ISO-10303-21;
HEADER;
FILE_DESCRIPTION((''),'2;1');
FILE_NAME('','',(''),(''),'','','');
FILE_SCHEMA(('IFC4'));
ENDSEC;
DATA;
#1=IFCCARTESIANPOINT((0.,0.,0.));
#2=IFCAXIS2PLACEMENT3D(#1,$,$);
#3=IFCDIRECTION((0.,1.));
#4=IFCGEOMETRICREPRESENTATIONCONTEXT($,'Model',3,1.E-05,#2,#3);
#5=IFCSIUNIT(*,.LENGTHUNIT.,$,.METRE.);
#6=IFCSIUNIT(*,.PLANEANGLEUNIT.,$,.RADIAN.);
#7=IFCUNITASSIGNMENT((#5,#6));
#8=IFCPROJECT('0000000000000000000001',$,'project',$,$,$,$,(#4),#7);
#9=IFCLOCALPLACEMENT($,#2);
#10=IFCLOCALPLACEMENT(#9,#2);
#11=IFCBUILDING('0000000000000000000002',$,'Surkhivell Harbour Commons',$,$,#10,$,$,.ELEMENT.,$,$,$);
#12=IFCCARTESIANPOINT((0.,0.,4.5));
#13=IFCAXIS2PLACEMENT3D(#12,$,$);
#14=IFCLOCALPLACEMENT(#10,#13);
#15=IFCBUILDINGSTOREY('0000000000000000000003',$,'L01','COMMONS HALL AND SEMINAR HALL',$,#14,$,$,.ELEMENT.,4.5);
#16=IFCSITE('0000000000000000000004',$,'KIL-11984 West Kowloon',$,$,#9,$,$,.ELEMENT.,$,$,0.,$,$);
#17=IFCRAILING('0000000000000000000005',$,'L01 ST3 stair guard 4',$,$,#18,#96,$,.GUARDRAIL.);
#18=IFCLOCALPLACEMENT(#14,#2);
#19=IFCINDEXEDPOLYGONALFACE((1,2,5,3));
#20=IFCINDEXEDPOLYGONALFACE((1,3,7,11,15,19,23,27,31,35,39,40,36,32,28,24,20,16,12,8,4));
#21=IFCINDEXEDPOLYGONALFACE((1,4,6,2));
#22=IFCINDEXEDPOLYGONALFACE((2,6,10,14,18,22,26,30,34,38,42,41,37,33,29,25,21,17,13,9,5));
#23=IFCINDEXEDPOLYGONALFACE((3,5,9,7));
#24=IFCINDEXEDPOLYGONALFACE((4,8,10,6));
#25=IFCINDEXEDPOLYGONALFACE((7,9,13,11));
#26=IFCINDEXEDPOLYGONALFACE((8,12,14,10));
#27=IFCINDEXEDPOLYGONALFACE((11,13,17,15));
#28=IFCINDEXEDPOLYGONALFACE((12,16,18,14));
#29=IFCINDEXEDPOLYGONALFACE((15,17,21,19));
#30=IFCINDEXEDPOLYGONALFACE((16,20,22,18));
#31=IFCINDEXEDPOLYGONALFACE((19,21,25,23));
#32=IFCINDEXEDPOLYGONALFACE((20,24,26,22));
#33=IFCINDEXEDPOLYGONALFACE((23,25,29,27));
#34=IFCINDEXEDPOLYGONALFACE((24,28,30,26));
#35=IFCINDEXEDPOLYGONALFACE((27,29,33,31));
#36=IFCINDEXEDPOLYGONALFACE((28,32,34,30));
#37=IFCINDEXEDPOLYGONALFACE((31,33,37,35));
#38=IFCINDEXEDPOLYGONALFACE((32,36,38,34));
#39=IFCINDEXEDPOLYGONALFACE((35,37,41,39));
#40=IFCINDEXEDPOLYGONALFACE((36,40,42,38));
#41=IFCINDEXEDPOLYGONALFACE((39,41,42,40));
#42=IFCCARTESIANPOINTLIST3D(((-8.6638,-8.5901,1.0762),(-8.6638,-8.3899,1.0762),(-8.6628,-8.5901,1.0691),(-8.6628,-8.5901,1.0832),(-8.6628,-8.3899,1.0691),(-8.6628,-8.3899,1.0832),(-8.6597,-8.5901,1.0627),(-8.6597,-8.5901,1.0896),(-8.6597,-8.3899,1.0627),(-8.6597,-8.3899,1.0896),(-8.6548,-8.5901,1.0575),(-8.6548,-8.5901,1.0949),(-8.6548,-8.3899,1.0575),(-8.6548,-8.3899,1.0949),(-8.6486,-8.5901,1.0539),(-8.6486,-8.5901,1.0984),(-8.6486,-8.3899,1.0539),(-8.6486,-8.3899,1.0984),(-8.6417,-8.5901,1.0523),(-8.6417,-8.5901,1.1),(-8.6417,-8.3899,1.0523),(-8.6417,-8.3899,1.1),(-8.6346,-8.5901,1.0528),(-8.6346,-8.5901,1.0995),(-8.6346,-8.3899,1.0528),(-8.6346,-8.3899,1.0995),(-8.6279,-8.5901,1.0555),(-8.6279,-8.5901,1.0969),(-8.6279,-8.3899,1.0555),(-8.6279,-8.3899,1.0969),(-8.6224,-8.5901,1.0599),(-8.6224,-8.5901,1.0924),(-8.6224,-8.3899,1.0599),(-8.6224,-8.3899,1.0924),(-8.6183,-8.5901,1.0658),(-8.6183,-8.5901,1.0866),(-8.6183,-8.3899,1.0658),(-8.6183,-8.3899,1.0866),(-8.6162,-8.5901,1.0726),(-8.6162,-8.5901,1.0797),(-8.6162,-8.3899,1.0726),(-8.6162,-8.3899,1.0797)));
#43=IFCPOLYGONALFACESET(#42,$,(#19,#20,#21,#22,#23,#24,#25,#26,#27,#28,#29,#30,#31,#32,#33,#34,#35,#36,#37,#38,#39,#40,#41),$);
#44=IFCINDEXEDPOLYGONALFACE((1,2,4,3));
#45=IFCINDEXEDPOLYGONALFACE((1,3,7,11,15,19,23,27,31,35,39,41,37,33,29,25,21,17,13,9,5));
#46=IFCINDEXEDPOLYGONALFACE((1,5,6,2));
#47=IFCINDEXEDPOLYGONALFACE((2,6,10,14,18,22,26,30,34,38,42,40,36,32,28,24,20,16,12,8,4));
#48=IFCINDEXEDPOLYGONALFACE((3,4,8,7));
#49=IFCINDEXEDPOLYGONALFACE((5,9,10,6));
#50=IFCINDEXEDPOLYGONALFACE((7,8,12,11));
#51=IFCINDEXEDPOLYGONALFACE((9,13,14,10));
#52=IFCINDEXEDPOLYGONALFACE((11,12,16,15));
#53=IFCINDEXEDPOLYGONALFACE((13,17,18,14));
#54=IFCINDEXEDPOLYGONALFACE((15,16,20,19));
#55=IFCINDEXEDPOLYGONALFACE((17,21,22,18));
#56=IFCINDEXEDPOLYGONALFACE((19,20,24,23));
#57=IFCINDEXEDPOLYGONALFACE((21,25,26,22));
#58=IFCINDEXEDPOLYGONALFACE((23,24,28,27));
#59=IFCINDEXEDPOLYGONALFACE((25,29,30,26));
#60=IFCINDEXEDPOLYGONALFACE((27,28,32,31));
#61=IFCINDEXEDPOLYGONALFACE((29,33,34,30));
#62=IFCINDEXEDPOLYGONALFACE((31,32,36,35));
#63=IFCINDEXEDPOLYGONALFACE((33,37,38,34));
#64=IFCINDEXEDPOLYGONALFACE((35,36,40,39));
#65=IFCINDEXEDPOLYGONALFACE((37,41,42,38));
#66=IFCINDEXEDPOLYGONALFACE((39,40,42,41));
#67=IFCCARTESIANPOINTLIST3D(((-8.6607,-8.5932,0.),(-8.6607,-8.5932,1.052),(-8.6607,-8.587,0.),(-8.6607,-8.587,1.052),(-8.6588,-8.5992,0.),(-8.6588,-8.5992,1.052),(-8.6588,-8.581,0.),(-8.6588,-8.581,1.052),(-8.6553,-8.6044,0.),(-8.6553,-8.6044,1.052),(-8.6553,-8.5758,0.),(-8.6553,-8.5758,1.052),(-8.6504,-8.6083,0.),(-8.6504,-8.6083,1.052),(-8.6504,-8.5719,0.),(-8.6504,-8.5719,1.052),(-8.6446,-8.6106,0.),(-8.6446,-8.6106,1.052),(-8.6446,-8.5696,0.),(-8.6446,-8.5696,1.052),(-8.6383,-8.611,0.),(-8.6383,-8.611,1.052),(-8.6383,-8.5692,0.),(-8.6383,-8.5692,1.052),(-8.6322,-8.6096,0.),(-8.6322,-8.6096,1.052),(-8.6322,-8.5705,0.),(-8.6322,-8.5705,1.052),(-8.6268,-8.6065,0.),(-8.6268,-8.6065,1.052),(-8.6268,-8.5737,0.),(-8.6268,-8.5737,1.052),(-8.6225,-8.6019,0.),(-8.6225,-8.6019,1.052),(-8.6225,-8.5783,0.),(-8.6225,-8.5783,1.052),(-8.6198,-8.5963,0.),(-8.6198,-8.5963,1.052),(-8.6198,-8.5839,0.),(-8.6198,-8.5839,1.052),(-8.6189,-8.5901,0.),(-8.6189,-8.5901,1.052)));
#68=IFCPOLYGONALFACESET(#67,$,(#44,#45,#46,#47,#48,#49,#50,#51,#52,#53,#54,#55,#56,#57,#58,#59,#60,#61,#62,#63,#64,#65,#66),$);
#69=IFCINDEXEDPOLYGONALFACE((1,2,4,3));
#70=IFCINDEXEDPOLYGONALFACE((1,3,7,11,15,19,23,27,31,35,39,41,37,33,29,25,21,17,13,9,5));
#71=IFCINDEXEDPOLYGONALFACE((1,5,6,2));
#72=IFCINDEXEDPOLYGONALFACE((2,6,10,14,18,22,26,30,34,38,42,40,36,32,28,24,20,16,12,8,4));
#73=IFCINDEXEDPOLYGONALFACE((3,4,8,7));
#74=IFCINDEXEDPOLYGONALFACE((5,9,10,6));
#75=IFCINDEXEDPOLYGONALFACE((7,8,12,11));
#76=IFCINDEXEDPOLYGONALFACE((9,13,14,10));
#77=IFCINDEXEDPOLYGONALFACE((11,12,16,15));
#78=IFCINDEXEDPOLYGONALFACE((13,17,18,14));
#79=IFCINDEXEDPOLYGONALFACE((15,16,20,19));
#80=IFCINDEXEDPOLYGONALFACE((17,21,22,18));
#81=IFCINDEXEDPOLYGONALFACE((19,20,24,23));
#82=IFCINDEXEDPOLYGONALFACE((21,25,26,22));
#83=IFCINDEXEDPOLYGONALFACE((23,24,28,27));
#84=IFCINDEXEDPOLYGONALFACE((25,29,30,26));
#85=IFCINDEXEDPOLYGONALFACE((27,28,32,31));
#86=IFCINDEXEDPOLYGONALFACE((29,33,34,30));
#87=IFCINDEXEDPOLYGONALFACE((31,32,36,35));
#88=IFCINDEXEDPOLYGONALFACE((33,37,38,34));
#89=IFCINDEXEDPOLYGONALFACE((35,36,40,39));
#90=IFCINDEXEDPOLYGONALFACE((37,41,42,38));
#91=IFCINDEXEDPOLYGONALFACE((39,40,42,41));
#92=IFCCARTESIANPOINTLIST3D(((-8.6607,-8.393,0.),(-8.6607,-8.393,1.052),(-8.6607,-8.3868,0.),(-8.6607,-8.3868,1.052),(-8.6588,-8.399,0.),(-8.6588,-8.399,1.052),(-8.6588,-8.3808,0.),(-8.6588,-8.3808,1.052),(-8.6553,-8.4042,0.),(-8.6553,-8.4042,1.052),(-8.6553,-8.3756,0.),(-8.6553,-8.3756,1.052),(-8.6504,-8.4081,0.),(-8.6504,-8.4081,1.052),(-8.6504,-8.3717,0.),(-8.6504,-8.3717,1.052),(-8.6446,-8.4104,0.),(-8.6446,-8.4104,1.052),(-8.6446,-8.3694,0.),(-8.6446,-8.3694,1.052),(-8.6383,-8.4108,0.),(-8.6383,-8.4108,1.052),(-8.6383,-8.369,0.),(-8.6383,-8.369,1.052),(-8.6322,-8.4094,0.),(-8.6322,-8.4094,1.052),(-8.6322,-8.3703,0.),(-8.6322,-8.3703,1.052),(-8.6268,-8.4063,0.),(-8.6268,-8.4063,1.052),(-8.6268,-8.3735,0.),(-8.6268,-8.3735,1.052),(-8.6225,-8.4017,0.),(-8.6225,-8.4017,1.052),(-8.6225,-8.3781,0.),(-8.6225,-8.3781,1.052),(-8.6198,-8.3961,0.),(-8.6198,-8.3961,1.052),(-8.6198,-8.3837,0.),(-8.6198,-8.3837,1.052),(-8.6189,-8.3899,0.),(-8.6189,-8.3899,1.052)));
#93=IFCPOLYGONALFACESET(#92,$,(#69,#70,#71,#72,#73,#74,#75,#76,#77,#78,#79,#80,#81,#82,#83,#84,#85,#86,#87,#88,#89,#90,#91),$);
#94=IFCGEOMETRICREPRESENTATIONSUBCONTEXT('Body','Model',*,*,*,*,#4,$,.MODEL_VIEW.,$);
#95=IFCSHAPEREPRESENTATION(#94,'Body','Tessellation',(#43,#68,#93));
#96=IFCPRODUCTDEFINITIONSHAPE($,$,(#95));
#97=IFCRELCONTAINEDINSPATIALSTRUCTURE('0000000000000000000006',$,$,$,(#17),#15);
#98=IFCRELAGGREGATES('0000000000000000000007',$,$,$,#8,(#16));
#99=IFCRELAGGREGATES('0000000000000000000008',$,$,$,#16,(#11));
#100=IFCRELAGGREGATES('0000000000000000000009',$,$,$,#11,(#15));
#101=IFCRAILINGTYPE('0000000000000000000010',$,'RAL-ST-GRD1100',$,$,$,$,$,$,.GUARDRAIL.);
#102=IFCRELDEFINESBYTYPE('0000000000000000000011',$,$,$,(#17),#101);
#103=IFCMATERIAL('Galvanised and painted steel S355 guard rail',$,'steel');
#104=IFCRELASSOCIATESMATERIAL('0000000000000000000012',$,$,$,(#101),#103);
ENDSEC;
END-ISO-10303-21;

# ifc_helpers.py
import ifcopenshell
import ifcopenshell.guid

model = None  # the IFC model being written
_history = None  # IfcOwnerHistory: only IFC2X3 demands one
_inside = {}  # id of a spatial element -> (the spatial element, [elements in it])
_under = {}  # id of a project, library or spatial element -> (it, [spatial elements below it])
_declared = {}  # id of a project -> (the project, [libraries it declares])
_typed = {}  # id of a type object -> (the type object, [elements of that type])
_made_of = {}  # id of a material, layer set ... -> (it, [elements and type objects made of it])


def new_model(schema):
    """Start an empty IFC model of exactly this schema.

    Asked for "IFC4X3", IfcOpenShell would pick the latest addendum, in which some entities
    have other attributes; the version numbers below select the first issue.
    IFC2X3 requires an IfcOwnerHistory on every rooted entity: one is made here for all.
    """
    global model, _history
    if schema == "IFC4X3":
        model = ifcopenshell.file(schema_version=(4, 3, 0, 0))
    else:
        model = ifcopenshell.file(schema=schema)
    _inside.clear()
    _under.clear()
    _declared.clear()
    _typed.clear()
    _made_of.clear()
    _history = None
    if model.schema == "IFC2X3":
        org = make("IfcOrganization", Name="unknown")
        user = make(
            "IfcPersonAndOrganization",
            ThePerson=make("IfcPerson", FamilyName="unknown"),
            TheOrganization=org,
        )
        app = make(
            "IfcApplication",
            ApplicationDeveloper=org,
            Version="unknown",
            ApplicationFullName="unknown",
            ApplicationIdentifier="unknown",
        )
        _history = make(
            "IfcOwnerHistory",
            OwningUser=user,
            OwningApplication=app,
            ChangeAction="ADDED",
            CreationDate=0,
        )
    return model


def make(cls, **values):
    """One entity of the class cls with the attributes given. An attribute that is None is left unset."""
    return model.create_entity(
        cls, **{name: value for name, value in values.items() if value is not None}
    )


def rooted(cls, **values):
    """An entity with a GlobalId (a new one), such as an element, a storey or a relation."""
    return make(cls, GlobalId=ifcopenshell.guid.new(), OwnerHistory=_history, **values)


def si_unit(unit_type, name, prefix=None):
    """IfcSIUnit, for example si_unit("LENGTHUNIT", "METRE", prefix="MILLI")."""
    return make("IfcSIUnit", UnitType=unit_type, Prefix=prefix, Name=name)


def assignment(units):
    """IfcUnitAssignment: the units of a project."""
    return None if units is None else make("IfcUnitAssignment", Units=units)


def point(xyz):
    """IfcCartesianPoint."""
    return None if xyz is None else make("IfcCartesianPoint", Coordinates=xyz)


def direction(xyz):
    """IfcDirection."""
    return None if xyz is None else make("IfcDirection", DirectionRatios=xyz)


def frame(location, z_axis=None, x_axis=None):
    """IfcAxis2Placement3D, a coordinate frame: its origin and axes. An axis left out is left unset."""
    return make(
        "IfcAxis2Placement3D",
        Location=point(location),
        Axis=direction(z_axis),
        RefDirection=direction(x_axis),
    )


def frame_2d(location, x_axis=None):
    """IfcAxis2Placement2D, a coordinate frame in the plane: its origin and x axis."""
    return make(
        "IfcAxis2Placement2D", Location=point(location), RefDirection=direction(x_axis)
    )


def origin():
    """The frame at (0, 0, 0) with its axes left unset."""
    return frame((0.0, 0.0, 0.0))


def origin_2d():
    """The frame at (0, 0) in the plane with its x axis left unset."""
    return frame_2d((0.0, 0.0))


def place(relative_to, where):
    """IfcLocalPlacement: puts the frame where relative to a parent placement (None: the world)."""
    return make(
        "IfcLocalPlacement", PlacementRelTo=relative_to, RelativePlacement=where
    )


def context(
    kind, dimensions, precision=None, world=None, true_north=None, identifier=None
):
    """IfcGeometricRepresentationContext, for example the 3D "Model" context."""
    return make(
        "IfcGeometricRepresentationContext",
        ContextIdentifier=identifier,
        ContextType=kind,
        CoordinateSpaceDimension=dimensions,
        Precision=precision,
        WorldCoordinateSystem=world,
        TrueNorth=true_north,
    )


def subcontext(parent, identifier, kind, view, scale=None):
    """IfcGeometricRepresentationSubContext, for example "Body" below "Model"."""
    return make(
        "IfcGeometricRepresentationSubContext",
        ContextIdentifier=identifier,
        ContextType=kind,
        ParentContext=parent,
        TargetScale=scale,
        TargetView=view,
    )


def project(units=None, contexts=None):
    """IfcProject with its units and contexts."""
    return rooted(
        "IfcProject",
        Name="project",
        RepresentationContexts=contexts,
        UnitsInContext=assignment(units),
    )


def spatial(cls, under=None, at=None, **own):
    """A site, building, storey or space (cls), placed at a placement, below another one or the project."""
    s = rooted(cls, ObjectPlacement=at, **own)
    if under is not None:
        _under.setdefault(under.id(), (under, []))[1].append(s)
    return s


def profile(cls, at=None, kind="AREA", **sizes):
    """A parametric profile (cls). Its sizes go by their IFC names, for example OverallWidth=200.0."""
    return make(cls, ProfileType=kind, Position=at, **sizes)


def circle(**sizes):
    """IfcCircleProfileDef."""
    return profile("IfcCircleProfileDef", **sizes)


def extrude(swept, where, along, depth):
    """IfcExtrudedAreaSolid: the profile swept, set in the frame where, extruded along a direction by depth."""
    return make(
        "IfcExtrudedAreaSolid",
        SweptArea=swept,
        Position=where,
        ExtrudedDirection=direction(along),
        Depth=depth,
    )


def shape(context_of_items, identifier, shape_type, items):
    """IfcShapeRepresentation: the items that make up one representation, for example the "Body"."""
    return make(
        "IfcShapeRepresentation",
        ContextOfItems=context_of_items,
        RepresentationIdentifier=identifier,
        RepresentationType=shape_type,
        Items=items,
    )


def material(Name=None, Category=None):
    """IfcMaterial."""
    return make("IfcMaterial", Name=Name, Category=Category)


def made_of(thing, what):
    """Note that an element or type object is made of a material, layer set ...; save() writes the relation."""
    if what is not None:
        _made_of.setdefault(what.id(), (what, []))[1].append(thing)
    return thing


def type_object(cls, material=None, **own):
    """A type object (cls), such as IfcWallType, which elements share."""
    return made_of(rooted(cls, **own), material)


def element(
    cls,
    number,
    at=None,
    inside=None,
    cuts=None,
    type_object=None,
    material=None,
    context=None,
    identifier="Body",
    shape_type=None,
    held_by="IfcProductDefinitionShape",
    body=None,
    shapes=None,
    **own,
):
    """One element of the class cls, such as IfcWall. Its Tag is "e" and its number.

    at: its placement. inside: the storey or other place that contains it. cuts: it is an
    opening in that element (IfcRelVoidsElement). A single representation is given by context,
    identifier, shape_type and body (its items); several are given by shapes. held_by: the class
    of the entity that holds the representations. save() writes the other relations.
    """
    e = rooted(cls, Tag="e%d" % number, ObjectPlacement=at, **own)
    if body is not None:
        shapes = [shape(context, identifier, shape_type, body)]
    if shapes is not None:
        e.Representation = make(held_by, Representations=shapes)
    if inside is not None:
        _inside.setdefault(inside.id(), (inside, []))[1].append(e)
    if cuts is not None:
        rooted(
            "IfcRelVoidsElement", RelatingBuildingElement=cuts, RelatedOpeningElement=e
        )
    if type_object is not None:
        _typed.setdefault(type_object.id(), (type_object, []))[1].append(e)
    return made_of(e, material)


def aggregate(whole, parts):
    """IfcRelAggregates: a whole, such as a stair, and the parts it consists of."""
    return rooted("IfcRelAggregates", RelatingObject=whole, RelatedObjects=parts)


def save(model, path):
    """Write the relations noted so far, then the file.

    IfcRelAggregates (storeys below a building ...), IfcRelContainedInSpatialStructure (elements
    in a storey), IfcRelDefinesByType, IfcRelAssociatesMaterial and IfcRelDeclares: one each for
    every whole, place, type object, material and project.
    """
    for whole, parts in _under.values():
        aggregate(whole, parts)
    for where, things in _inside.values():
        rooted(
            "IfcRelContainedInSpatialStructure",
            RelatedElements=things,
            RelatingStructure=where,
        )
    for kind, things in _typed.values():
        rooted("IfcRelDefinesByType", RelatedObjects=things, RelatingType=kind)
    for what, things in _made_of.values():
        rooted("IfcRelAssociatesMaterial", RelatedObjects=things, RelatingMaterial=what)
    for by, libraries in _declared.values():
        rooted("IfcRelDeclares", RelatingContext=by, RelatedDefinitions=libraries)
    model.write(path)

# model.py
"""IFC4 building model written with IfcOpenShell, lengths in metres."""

from ifc_helpers import new_model, si_unit, direction, frame, origin, origin_2d, place, context, subcontext, project, spatial, circle, extrude, material, type_object, element, save


model = new_model("IFC4")

# Units and contexts
model_context = context("Model", 3, precision=1e-05, world=origin(), true_north=direction((0.0, 1.0)))
body_context = subcontext(model_context, "Body", "Model", "MODEL_VIEW")
ifc_project = project(units=[si_unit("LENGTHUNIT", "METRE"), si_unit("PLANEANGLEUNIT", "RADIAN")], contexts=[model_context])

# Site, building, storey
site_placement = place(None, origin())
site = spatial("IfcSite", under=ifc_project, at=site_placement, Name="KIL-11984 West Kowloon", CompositionType="ELEMENT", RefElevation=0.0)
building_placement = place(site_placement, origin())
building = spatial("IfcBuilding", under=site, at=building_placement, Name="Surkhivell Harbour Commons", CompositionType="ELEMENT")
storey_placement = place(building_placement, frame((0.0, 0.0, 4.5)))
storey = spatial("IfcBuildingStorey", under=building, at=storey_placement, Name="L01", Description="COMMONS HALL AND SEMINAR HALL", CompositionType="ELEMENT", Elevation=4.5)

# Railing
ifc_material_1 = material(Name="Galvanised and painted steel S355 guard rail", Category="steel")
railing_type_1 = type_object("IfcRailingType", Name="RAL-ST-GRD1100", PredefinedType="GUARDRAIL", material=ifc_material_1)
railing_1_placement = place(storey_placement, frame((-8.6399, -8.5901, 0.0)))
element("IfcRailing", 1, at=railing_1_placement, inside=storey, type_object=railing_type_1, Name="L01 ST3 stair guard 4", PredefinedType="GUARDRAIL", context=body_context, shape_type="SweptSolid", body=[
    extrude(circle(Radius=0.0239, at=origin_2d()), frame((0.0, 0.0, 1.0762), z_axis=(0.0, 1.0, 0.0), x_axis=(-1.0, 0.0, 0.0)), (0.0, 0.0, 1.0), 0.2002),
    extrude(circle(Radius=0.021, at=origin_2d()), origin(), (0.0, 0.0, 1.0), 1.052),
    extrude(circle(Radius=0.021, at=origin_2d()), frame((0.0, 0.2002, 0.0)), (0.0, 0.0, 1.0), 1.052),
])

save(model, "model.ifc")
